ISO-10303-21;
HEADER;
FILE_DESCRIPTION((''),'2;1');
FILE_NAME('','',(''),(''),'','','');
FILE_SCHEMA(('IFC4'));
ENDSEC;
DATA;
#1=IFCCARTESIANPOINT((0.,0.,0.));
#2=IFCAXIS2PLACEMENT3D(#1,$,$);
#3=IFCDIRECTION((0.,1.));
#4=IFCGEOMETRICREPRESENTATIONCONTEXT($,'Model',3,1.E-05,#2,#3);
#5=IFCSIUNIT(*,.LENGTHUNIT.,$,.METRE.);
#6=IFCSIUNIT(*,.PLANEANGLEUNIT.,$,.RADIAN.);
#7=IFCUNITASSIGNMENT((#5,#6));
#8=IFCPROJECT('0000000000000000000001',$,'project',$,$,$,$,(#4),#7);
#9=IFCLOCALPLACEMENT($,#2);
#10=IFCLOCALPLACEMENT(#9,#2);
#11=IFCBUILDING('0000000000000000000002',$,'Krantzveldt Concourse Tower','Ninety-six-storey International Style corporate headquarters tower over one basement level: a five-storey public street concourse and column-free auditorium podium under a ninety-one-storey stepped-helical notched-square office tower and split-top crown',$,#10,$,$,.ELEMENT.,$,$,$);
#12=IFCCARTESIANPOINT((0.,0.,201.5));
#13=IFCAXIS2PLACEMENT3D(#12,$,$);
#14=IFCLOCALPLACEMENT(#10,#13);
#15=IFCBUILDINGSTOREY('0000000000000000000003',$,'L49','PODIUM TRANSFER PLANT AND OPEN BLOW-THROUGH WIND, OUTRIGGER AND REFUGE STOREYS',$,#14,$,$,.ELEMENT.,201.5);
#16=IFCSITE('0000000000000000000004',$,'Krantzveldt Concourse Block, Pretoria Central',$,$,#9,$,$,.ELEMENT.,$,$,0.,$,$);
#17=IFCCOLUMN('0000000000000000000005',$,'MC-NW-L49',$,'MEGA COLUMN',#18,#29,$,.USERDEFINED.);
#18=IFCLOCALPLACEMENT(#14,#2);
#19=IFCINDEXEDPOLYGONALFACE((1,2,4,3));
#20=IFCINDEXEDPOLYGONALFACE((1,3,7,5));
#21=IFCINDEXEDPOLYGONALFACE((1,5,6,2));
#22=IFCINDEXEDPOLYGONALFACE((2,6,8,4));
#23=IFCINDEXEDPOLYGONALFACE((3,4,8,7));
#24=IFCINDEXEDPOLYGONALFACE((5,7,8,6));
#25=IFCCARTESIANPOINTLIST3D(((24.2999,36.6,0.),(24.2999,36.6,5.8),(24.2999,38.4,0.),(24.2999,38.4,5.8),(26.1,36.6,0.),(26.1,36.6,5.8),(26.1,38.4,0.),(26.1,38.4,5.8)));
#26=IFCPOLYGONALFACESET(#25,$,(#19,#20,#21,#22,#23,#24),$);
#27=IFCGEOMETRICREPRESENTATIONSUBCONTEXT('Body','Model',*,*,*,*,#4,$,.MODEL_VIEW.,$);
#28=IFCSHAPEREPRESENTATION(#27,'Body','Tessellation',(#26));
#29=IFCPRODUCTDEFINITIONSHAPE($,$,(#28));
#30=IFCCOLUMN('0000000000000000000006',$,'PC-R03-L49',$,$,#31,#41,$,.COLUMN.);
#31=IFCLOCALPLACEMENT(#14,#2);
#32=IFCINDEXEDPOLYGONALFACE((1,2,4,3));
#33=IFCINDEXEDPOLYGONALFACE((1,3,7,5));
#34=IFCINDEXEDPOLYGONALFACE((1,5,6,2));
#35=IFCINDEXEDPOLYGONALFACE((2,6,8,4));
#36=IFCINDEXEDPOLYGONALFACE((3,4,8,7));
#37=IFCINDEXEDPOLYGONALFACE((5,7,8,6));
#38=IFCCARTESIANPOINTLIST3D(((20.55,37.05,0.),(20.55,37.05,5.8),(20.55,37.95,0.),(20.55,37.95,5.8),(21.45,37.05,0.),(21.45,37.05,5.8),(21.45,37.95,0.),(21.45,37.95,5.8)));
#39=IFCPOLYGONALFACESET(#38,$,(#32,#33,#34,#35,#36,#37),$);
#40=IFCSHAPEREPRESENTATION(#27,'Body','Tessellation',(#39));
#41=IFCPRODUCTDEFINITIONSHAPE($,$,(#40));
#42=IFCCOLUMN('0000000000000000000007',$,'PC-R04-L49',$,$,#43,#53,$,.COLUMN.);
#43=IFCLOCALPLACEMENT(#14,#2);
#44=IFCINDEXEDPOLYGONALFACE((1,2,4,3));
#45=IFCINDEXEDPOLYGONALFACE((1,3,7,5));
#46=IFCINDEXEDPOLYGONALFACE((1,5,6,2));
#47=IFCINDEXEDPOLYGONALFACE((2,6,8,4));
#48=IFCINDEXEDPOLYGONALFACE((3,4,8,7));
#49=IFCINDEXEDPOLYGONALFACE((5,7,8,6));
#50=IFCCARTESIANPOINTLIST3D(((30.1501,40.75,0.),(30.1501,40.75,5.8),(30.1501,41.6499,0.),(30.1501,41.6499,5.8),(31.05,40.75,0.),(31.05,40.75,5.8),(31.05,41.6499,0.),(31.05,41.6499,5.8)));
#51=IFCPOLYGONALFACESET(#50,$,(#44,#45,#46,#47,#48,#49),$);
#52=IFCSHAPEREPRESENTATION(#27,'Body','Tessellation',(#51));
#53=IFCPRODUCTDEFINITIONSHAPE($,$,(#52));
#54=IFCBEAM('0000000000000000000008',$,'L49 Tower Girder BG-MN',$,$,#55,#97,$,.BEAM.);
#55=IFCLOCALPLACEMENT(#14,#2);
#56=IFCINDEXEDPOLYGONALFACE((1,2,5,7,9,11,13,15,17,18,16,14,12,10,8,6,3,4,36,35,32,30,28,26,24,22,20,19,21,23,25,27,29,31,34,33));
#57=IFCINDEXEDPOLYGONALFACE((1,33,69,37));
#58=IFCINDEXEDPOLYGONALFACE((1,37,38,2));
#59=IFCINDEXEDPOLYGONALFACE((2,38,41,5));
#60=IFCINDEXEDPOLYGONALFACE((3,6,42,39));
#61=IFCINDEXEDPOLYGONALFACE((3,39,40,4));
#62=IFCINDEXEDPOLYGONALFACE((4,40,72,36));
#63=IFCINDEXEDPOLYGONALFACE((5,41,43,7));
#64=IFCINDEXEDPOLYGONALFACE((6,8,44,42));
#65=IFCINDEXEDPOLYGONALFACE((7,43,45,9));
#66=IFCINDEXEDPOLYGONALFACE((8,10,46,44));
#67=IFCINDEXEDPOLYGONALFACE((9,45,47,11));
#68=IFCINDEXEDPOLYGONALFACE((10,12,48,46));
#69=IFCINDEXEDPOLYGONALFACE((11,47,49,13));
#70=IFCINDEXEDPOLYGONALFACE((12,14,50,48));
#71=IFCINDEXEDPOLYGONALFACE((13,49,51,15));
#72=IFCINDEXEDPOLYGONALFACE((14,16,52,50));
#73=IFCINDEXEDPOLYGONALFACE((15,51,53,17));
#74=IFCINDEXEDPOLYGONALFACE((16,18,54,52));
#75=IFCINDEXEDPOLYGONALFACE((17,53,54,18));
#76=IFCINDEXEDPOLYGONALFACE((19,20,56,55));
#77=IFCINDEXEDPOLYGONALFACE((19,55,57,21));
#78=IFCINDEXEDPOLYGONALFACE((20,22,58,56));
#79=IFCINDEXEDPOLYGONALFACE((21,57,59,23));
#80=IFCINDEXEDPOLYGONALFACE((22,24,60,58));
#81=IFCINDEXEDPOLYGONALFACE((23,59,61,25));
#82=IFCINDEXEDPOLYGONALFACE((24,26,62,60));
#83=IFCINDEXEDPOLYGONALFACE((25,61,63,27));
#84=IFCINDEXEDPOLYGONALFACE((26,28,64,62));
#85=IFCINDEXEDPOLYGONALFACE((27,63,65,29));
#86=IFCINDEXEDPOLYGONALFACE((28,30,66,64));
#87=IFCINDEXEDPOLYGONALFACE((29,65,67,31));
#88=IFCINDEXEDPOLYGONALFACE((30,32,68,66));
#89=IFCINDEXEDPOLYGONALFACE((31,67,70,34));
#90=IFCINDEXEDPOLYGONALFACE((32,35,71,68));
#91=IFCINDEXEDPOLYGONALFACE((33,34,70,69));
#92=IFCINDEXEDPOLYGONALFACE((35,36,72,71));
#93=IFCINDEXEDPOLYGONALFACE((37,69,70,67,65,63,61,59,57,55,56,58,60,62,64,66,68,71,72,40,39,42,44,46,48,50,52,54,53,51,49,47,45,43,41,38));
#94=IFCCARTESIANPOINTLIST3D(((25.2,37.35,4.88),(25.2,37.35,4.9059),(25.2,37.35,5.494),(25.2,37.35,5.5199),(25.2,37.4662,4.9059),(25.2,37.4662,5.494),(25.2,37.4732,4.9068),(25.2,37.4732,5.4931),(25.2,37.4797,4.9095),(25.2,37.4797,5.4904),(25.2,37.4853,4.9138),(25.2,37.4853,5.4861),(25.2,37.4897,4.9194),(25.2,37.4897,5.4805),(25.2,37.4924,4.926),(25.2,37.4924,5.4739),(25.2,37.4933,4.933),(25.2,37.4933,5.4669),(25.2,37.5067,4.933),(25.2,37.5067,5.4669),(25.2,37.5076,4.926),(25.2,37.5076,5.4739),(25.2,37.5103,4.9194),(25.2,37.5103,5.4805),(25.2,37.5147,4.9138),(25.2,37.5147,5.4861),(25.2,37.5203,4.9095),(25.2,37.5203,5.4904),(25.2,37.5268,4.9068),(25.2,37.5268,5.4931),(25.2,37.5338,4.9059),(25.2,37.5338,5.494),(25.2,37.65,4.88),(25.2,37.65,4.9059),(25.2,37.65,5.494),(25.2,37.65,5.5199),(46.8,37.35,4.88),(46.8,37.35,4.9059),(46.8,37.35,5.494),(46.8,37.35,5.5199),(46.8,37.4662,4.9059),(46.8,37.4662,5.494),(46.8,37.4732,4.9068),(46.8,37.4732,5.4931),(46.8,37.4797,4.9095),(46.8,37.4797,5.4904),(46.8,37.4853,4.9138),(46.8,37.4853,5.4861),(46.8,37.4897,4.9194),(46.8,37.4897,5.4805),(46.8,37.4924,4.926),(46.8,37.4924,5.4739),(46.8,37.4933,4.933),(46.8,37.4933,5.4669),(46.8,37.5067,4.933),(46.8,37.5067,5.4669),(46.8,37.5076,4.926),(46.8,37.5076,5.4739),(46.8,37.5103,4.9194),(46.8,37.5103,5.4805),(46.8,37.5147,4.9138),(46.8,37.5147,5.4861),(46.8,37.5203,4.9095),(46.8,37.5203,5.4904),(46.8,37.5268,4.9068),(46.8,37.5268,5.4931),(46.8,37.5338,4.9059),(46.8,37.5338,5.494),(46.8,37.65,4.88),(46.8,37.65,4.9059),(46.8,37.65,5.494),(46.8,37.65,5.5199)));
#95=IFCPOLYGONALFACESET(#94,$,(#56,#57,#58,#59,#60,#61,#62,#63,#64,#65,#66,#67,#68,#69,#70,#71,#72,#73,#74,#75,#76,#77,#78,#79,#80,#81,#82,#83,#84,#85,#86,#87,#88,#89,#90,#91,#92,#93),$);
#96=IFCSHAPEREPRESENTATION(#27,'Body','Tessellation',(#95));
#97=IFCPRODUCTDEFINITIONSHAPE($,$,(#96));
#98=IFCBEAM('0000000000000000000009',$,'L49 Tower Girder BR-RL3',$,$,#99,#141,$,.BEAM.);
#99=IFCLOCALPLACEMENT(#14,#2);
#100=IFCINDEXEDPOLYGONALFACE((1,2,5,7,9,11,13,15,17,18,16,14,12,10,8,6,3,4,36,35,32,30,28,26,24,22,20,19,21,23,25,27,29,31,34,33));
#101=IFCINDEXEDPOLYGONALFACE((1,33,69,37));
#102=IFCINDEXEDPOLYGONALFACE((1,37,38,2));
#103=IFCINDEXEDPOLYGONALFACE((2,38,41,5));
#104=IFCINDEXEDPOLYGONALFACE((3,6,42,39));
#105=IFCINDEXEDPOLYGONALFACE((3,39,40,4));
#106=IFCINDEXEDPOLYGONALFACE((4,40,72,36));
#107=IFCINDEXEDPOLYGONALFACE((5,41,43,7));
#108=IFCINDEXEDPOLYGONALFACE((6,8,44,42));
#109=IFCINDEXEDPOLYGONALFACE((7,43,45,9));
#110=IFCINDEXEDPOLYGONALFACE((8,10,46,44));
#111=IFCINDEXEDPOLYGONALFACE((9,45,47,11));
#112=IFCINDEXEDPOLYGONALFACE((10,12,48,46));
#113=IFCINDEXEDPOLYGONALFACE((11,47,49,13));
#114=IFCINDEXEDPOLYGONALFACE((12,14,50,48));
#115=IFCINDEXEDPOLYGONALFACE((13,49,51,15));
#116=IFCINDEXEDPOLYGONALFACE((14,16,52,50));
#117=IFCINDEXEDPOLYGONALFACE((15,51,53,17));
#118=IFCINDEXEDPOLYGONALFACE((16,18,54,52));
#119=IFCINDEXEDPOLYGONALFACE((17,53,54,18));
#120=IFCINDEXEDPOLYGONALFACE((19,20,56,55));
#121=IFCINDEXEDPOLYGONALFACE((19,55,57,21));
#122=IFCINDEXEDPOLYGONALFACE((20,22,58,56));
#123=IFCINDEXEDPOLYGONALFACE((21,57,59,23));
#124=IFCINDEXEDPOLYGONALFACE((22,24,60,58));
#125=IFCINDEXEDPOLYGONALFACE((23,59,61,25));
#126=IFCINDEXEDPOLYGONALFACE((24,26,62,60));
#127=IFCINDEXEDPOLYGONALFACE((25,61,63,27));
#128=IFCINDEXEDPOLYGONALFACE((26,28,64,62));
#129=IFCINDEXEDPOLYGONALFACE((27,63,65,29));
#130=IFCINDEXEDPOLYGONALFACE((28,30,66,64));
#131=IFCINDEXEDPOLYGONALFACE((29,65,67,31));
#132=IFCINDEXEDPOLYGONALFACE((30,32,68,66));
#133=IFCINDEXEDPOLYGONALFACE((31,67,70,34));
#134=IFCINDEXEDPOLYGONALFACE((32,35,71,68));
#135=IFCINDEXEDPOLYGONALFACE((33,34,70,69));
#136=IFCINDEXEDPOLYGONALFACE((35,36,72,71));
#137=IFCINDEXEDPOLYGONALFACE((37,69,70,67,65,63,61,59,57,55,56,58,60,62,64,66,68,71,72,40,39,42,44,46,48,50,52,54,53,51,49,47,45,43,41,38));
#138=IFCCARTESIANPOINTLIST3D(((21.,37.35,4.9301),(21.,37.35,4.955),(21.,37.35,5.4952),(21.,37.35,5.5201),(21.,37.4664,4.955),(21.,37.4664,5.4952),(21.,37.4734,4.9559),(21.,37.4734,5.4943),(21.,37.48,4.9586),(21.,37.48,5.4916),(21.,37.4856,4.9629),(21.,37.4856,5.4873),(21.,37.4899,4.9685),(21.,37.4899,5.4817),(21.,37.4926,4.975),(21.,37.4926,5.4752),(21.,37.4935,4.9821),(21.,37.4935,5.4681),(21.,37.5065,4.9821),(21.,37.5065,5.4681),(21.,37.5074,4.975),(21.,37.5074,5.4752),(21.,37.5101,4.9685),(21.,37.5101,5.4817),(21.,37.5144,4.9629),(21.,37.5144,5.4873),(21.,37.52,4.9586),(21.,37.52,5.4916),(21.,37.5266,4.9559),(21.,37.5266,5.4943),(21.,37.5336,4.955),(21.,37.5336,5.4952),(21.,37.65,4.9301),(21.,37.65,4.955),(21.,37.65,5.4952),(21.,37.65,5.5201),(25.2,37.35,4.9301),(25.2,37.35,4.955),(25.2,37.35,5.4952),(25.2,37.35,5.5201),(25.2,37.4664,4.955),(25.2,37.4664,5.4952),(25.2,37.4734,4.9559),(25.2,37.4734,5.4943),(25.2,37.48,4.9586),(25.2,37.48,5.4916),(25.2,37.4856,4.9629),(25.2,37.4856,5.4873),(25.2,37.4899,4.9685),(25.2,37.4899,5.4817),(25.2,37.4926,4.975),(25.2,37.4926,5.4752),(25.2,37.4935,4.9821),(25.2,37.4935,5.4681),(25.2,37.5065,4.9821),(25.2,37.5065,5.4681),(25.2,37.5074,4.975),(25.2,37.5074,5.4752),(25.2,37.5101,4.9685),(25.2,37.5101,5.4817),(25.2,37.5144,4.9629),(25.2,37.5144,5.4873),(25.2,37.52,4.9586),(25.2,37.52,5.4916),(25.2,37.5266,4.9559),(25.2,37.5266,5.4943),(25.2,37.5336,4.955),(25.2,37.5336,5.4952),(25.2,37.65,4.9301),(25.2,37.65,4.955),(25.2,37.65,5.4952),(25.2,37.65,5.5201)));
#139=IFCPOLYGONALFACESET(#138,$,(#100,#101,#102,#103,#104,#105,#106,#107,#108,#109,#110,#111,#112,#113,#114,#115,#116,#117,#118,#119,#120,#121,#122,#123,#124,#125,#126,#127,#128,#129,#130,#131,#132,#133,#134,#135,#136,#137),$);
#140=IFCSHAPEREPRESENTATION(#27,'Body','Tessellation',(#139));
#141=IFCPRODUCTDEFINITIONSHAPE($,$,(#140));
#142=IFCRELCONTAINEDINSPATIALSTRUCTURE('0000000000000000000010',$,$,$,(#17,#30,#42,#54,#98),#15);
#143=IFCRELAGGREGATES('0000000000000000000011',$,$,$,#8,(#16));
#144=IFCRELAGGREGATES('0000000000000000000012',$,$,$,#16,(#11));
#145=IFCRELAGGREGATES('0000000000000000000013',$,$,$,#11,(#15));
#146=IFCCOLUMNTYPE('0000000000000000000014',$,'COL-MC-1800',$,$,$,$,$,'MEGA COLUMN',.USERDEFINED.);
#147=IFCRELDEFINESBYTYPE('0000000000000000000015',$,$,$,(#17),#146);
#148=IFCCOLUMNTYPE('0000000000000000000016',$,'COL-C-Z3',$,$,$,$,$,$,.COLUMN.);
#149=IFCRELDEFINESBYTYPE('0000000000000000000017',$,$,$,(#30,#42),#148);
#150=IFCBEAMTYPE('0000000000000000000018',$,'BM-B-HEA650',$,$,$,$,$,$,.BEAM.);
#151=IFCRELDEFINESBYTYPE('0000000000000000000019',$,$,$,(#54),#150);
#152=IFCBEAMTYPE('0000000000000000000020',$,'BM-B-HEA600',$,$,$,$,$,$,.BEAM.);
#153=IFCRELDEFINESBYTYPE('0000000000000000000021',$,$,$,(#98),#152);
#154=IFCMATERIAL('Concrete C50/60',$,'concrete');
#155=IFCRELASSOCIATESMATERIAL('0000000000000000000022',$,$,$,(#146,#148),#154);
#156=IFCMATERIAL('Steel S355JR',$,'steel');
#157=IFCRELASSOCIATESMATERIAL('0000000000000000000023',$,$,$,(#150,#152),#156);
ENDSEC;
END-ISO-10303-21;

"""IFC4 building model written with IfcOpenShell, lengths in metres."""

from ifc_helpers import new_model, si_unit, direction, frame, origin, origin_2d, place, context, subcontext, project, spatial, rectangle, i_section, extrude, source, transform, mapped, material, material_profile, profile_set, type_object, type_shapes, element, save


model = new_model("IFC4")

# Units and contexts
model_context = context("Model", 3, precision=1e-05, world=origin(), true_north=direction((0.0, 1.0)))
body_context = subcontext(model_context, "Body", "Model", "MODEL_VIEW")
ifc_project = project(units=[si_unit("LENGTHUNIT", "METRE"), si_unit("PLANEANGLEUNIT", "RADIAN")], contexts=[model_context])

# Site, building, storey
site_placement = place(None, origin())
site = spatial("IfcSite", under=ifc_project, at=site_placement, Name="Krantzveldt Concourse Block, Pretoria Central", CompositionType="ELEMENT", RefElevation=0.0)
building_placement = place(site_placement, origin())
building = spatial("IfcBuilding", under=site, at=building_placement, Name="Krantzveldt Concourse Tower", Description="Ninety-six-storey International Style corporate headquarters tower over one basement level: a five-storey public street concourse and column-free auditorium podium under a ninety-one-storey stepped-helical notched-square office tower and split-top crown", CompositionType="ELEMENT")
storey_placement = place(building_placement, frame((0.0, 0.0, 201.5)))
storey = spatial("IfcBuildingStorey", under=building, at=storey_placement, Name="L49", Description="PODIUM TRANSFER PLANT AND OPEN BLOW-THROUGH WIND, OUTRIGGER AND REFUGE STOREYS", CompositionType="ELEMENT", Elevation=201.5)

# Columns
ifc_material_1 = material(Name="Concrete C50/60", Category="concrete")
ifc_material_profile_1 = material_profile(ifc_material_1, rectangle(XDim=1.8, YDim=1.8, at=origin_2d()), Name="Concrete C50/60", Category="concrete")
ifc_profile_set_1 = profile_set([ifc_material_profile_1], Name="Concrete C50/60 - RC 1800x1800")
column_type_1 = type_object("IfcColumnType", Name="COL-MC-1800", ElementType="MEGA COLUMN", PredefinedType="USERDEFINED", material=ifc_profile_set_1)
shared_shape_1 = source(origin(), body_context, "Body", "SweptSolid", [
    extrude(rectangle(XDim=1.8, YDim=1.8, at=origin_2d()), origin(), (0.0, 0.0, 1.0), 5.8),
])
type_shapes(column_type_1, [shared_shape_1])
column_placement = place(storey_placement, frame((25.2, 37.5, 0.0), z_axis=(0.0, 0.0, 1.0), x_axis=(1.0, 0.0, 0.0)))
element("IfcColumn", 1, at=column_placement, inside=storey, type_object=column_type_1, Name="MC-NW-L49", ObjectType="MEGA COLUMN", PredefinedType="USERDEFINED", context=body_context, shape_type="MappedRepresentation", body=[
    mapped(shared_shape_1, transform((0.0, 0.0, 0.0), x_axis=(1.0, 0.0, 0.0), y_axis=(0.0, 1.0, 0.0), z_axis=(0.0, 0.0, 1.0), scale=1.0)),
])
ifc_material_profile_2 = material_profile(ifc_material_1, rectangle(XDim=0.8999, YDim=0.8999, at=origin_2d()), Name="Concrete C50/60", Category="concrete")
ifc_profile_set_2 = profile_set([ifc_material_profile_2], Name="Concrete C50/60 - RC 900x900")
column_type_2 = type_object("IfcColumnType", Name="COL-C-Z3", PredefinedType="COLUMN", material=ifc_profile_set_2)
shared_shape_2 = source(origin(), body_context, "Body", "SweptSolid", [
    extrude(rectangle(XDim=0.8999, YDim=0.8999, at=origin_2d()), origin(), (0.0, 0.0, 1.0), 5.8),
])
type_shapes(column_type_2, [shared_shape_2])
for number, where, z_axis, x_axis, name in (
    (2, (21.0, 37.5, 0.0), (0.0, 0.0, 1.0), (1.0, 0.0, 0.0), "PC-R03-L49"),
    (3, (30.6001, 41.2, 0.0), (0.0, 0.0, 1.0), (1.0, 0.0, 0.0), "PC-R04-L49"),
):
    element("IfcColumn", number, at=place(storey_placement, frame(where, z_axis=z_axis, x_axis=x_axis)), inside=storey, type_object=column_type_2, Name=name, PredefinedType="COLUMN", context=body_context, shape_type="MappedRepresentation", body=[
        mapped(shared_shape_2, transform((0.0, 0.0, 0.0), x_axis=(1.0, 0.0, 0.0), y_axis=(0.0, 1.0, 0.0), z_axis=(0.0, 0.0, 1.0), scale=1.0)),
    ])

# Beams
ifc_material_2 = material(Name="Steel S355JR", Category="steel")
ifc_material_profile_3 = material_profile(ifc_material_2, i_section(OverallWidth=0.3, OverallDepth=0.6399, WebThickness=0.0134, FlangeThickness=0.0259, FilletRadius=0.0271, at=origin_2d()), Name="Steel S355JR", Category="steel")
ifc_profile_set_3 = profile_set([ifc_material_profile_3], Name="Steel S355JR - HEA 650")
beam_type_1 = type_object("IfcBeamType", Name="BM-B-HEA650", PredefinedType="BEAM", material=ifc_profile_set_3)
shared_shape_3 = source(origin(), body_context, "Body", "SweptSolid", [
    extrude(i_section(OverallWidth=0.3, OverallDepth=0.6399, WebThickness=0.0134, FlangeThickness=0.0259, FilletRadius=0.0271, at=origin_2d()), origin(), (0.0, 0.0, 1.0), 21.6001),
])
type_shapes(beam_type_1, [shared_shape_3])
beam_1_placement = place(storey_placement, frame((25.2, 37.5, 5.2), z_axis=(1.0, 0.0, 0.0), x_axis=(0.0, 1.0, 0.0)))
element("IfcBeam", 4, at=beam_1_placement, inside=storey, type_object=beam_type_1, Name="L49 Tower Girder BG-MN", PredefinedType="BEAM", context=body_context, shape_type="MappedRepresentation", body=[
    mapped(shared_shape_3, transform((0.0, 0.0, 0.0), x_axis=(1.0, 0.0, 0.0), y_axis=(0.0, 1.0, 0.0), z_axis=(0.0, 0.0, 1.0), scale=1.0)),
])
ifc_material_profile_4 = material_profile(ifc_material_2, i_section(OverallWidth=0.3, OverallDepth=0.5901, WebThickness=0.0129, FlangeThickness=0.0249, FilletRadius=0.0271, at=origin_2d()), Name="Steel S355JR", Category="steel")
ifc_profile_set_4 = profile_set([ifc_material_profile_4], Name="Steel S355JR - HEA 600")
beam_type_2 = type_object("IfcBeamType", Name="BM-B-HEA600", PredefinedType="BEAM", material=ifc_profile_set_4)
shared_shape_4 = source(origin(), body_context, "Body", "SweptSolid", [
    extrude(i_section(OverallWidth=0.3, OverallDepth=0.5901, WebThickness=0.0129, FlangeThickness=0.0249, FilletRadius=0.0271, at=origin_2d()), origin(), (0.0, 0.0, 1.0), 4.2),
])
beam_2_placement = place(storey_placement, frame((21.0, 37.5, 5.2251), z_axis=(1.0, 0.0, 0.0), x_axis=(0.0, 1.0, 0.0)))
element("IfcBeam", 5, at=beam_2_placement, inside=storey, type_object=beam_type_2, Name="L49 Tower Girder BR-RL3", PredefinedType="BEAM", context=body_context, shape_type="MappedRepresentation", body=[
    mapped(shared_shape_4, transform((0.0, 0.0, 0.0), x_axis=(1.0, 0.0, 0.0), y_axis=(0.0, 1.0, 0.0), z_axis=(0.0, 0.0, 1.0), scale=1.0)),
])

save(model, "model.ifc")
